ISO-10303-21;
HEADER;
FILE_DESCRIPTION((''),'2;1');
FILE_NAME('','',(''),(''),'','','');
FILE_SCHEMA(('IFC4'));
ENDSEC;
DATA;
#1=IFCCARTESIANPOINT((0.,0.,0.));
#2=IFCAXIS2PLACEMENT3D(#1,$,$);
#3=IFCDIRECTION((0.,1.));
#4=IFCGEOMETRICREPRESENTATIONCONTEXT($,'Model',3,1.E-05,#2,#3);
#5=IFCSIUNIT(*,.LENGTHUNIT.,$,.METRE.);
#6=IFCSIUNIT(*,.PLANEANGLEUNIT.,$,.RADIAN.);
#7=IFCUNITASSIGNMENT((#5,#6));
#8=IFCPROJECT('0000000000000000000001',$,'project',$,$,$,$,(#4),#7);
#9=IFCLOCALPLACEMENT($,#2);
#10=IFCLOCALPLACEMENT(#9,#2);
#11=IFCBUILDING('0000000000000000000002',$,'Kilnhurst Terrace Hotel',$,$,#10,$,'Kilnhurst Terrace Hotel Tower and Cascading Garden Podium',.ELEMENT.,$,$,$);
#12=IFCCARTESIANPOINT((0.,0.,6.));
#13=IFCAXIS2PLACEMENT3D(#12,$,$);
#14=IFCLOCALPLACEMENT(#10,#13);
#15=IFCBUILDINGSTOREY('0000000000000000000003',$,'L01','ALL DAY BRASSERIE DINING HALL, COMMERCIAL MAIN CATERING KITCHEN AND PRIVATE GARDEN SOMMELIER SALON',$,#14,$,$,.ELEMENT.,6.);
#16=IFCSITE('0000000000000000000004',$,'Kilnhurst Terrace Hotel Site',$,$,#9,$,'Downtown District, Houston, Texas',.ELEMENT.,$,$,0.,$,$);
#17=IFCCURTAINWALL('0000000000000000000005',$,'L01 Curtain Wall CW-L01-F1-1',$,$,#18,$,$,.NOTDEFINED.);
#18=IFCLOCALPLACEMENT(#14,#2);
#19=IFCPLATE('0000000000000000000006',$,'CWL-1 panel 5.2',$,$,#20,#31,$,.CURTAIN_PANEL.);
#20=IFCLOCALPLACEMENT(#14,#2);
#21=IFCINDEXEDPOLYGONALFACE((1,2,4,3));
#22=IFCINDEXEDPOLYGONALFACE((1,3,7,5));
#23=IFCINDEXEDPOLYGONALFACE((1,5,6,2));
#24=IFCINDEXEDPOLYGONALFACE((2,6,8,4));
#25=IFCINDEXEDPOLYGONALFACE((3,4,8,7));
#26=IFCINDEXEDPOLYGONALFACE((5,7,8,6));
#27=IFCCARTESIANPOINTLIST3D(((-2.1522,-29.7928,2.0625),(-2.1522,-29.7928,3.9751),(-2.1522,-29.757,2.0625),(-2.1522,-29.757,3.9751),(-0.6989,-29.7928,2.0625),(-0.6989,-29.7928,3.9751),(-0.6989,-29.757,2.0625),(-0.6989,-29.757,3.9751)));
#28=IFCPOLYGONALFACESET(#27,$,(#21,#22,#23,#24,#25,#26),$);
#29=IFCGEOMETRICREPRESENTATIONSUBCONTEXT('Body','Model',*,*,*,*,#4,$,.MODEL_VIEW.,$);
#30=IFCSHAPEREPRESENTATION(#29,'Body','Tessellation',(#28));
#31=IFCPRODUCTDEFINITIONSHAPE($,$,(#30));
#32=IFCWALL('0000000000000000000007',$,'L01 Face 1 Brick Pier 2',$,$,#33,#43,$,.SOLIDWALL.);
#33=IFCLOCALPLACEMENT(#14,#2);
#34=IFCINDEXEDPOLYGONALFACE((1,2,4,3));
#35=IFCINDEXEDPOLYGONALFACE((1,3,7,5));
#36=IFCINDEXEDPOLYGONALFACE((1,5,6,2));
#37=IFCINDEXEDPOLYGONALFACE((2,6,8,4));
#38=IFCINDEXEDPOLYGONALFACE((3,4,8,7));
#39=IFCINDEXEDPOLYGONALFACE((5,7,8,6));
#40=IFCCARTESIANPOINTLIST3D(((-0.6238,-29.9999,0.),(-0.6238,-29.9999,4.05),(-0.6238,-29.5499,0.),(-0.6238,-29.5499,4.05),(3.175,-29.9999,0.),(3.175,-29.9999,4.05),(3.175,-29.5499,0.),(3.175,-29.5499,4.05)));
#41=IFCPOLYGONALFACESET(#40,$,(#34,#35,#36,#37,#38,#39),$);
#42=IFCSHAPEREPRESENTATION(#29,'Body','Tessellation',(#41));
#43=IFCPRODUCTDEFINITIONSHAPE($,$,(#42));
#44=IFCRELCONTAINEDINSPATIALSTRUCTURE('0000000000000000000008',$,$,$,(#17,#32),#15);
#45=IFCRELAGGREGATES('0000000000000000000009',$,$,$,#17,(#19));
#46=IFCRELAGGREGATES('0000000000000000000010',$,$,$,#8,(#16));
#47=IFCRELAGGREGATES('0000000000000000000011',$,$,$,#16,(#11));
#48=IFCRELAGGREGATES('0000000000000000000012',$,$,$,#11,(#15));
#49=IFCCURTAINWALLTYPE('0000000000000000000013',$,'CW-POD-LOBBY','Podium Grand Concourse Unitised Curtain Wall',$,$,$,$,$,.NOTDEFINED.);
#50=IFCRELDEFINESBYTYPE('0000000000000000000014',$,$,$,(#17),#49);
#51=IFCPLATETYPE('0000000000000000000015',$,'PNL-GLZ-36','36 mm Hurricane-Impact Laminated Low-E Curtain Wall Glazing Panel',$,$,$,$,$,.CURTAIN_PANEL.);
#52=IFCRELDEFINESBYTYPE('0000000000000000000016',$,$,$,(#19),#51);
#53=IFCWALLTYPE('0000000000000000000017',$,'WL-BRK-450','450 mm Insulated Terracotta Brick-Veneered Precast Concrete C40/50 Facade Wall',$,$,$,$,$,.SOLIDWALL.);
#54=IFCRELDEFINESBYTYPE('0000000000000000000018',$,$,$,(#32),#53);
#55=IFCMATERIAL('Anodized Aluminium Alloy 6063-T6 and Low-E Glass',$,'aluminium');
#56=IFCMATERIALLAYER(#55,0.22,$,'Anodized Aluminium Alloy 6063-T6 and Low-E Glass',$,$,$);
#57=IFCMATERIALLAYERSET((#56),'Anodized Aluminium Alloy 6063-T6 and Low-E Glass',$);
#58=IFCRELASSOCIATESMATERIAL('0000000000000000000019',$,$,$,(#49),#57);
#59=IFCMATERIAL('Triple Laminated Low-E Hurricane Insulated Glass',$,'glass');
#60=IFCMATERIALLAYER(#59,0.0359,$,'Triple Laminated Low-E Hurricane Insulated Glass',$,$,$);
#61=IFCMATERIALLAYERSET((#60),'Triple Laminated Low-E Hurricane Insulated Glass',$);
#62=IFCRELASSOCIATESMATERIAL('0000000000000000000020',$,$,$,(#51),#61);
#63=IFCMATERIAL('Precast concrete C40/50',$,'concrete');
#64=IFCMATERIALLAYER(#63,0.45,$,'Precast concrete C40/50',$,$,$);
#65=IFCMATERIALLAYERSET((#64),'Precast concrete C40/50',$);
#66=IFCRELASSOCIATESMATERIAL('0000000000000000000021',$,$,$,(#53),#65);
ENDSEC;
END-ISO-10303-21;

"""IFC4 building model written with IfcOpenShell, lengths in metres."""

from ifc_helpers import new_model, si_unit, direction, frame, frame_2d, origin, origin_2d, place, context, subcontext, project, spatial, rectangle, extrude, material, layer, layer_set, type_object, element, aggregate, save


model = new_model("IFC4")

# Units and contexts
model_context = context("Model", 3, precision=1e-05, world=origin(), true_north=direction((0.0, 1.0)))
body_context = subcontext(model_context, "Body", "Model", "MODEL_VIEW")
ifc_project = project(units=[si_unit("LENGTHUNIT", "METRE"), si_unit("PLANEANGLEUNIT", "RADIAN")], contexts=[model_context])

# Site, building, storey
site_placement = place(None, origin())
site = spatial("IfcSite", under=ifc_project, at=site_placement, Name="Kilnhurst Terrace Hotel Site", LongName="Downtown District, Houston, Texas", CompositionType="ELEMENT", RefElevation=0.0)
building_placement = place(site_placement, origin())
building = spatial("IfcBuilding", under=site, at=building_placement, Name="Kilnhurst Terrace Hotel", LongName="Kilnhurst Terrace Hotel Tower and Cascading Garden Podium", CompositionType="ELEMENT")
storey_placement = place(building_placement, frame((0.0, 0.0, 6.0)))
storey = spatial("IfcBuildingStorey", under=building, at=storey_placement, Name="L01", Description="ALL DAY BRASSERIE DINING HALL, COMMERCIAL MAIN CATERING KITCHEN AND PRIVATE GARDEN SOMMELIER SALON", CompositionType="ELEMENT", Elevation=6.0)

# Curtain wall, plate
ifc_material_1 = material(Name="Anodized Aluminium Alloy 6063-T6 and Low-E Glass", Category="aluminium")
ifc_layer_1 = layer(ifc_material_1, 0.22, Name="Anodized Aluminium Alloy 6063-T6 and Low-E Glass")
ifc_layer_set_1 = layer_set([ifc_layer_1], Name="Anodized Aluminium Alloy 6063-T6 and Low-E Glass")
curtain_wall_type = type_object("IfcCurtainWallType", Name="CW-POD-LOBBY", Description="Podium Grand Concourse Unitised Curtain Wall", PredefinedType="NOTDEFINED", material=ifc_layer_set_1)
curtain_wall_placement = place(storey_placement, origin())
curtain_wall = element("IfcCurtainWall", 1, at=curtain_wall_placement, inside=storey, type_object=curtain_wall_type, Name="L01 Curtain Wall CW-L01-F1-1", PredefinedType="NOTDEFINED")
ifc_material_2 = material(Name="Triple Laminated Low-E Hurricane Insulated Glass", Category="glass")
ifc_layer_2 = layer(ifc_material_2, 0.0359, Name="Triple Laminated Low-E Hurricane Insulated Glass")
ifc_layer_set_2 = layer_set([ifc_layer_2], Name="Triple Laminated Low-E Hurricane Insulated Glass")
plate_type = type_object("IfcPlateType", Name="PNL-GLZ-36", Description="36 mm Hurricane-Impact Laminated Low-E Curtain Wall Glazing Panel", PredefinedType="CURTAIN_PANEL", material=ifc_layer_set_2)
plate_1_placement = place(storey_placement, frame((-1.4255, -29.7749, 2.0625), z_axis=(0.0, 0.0, 1.0), x_axis=(1.0, 0.0, 0.0)))
plate_1 = element("IfcPlate", 2, at=plate_1_placement, type_object=plate_type, Name="CWL-1 panel 5.2", PredefinedType="CURTAIN_PANEL", context=body_context, shape_type="SweptSolid", body=[
    extrude(rectangle(XDim=1.4534, YDim=0.0359, at=origin_2d()), origin(), (0.0, 0.0, 1.0), 1.9126),
])
aggregate(curtain_wall, [plate_1])

# Wall
ifc_material_3 = material(Name="Precast concrete C40/50", Category="concrete")
ifc_layer_3 = layer(ifc_material_3, 0.45, Name="Precast concrete C40/50")
ifc_layer_set_3 = layer_set([ifc_layer_3], Name="Precast concrete C40/50")
wall_type = type_object("IfcWallType", Name="WL-BRK-450", Description="450 mm Insulated Terracotta Brick-Veneered Precast Concrete C40/50 Facade Wall", PredefinedType="SOLIDWALL", material=ifc_layer_set_3)
wall_placement = place(storey_placement, frame((-0.6238, -29.7749, 0.0), z_axis=(0.0, 0.0, 1.0), x_axis=(1.0, 0.0, 0.0)))
element("IfcWall", 3, at=wall_placement, inside=storey, type_object=wall_type, Name="L01 Face 1 Brick Pier 2", PredefinedType="SOLIDWALL", context=body_context, shape_type="SweptSolid", body=[
    extrude(rectangle(XDim=3.7988, YDim=0.45, at=frame_2d((1.8994, 0.0))), origin(), (0.0, 0.0, 1.0), 4.05),
])

save(model, "model.ifc")
